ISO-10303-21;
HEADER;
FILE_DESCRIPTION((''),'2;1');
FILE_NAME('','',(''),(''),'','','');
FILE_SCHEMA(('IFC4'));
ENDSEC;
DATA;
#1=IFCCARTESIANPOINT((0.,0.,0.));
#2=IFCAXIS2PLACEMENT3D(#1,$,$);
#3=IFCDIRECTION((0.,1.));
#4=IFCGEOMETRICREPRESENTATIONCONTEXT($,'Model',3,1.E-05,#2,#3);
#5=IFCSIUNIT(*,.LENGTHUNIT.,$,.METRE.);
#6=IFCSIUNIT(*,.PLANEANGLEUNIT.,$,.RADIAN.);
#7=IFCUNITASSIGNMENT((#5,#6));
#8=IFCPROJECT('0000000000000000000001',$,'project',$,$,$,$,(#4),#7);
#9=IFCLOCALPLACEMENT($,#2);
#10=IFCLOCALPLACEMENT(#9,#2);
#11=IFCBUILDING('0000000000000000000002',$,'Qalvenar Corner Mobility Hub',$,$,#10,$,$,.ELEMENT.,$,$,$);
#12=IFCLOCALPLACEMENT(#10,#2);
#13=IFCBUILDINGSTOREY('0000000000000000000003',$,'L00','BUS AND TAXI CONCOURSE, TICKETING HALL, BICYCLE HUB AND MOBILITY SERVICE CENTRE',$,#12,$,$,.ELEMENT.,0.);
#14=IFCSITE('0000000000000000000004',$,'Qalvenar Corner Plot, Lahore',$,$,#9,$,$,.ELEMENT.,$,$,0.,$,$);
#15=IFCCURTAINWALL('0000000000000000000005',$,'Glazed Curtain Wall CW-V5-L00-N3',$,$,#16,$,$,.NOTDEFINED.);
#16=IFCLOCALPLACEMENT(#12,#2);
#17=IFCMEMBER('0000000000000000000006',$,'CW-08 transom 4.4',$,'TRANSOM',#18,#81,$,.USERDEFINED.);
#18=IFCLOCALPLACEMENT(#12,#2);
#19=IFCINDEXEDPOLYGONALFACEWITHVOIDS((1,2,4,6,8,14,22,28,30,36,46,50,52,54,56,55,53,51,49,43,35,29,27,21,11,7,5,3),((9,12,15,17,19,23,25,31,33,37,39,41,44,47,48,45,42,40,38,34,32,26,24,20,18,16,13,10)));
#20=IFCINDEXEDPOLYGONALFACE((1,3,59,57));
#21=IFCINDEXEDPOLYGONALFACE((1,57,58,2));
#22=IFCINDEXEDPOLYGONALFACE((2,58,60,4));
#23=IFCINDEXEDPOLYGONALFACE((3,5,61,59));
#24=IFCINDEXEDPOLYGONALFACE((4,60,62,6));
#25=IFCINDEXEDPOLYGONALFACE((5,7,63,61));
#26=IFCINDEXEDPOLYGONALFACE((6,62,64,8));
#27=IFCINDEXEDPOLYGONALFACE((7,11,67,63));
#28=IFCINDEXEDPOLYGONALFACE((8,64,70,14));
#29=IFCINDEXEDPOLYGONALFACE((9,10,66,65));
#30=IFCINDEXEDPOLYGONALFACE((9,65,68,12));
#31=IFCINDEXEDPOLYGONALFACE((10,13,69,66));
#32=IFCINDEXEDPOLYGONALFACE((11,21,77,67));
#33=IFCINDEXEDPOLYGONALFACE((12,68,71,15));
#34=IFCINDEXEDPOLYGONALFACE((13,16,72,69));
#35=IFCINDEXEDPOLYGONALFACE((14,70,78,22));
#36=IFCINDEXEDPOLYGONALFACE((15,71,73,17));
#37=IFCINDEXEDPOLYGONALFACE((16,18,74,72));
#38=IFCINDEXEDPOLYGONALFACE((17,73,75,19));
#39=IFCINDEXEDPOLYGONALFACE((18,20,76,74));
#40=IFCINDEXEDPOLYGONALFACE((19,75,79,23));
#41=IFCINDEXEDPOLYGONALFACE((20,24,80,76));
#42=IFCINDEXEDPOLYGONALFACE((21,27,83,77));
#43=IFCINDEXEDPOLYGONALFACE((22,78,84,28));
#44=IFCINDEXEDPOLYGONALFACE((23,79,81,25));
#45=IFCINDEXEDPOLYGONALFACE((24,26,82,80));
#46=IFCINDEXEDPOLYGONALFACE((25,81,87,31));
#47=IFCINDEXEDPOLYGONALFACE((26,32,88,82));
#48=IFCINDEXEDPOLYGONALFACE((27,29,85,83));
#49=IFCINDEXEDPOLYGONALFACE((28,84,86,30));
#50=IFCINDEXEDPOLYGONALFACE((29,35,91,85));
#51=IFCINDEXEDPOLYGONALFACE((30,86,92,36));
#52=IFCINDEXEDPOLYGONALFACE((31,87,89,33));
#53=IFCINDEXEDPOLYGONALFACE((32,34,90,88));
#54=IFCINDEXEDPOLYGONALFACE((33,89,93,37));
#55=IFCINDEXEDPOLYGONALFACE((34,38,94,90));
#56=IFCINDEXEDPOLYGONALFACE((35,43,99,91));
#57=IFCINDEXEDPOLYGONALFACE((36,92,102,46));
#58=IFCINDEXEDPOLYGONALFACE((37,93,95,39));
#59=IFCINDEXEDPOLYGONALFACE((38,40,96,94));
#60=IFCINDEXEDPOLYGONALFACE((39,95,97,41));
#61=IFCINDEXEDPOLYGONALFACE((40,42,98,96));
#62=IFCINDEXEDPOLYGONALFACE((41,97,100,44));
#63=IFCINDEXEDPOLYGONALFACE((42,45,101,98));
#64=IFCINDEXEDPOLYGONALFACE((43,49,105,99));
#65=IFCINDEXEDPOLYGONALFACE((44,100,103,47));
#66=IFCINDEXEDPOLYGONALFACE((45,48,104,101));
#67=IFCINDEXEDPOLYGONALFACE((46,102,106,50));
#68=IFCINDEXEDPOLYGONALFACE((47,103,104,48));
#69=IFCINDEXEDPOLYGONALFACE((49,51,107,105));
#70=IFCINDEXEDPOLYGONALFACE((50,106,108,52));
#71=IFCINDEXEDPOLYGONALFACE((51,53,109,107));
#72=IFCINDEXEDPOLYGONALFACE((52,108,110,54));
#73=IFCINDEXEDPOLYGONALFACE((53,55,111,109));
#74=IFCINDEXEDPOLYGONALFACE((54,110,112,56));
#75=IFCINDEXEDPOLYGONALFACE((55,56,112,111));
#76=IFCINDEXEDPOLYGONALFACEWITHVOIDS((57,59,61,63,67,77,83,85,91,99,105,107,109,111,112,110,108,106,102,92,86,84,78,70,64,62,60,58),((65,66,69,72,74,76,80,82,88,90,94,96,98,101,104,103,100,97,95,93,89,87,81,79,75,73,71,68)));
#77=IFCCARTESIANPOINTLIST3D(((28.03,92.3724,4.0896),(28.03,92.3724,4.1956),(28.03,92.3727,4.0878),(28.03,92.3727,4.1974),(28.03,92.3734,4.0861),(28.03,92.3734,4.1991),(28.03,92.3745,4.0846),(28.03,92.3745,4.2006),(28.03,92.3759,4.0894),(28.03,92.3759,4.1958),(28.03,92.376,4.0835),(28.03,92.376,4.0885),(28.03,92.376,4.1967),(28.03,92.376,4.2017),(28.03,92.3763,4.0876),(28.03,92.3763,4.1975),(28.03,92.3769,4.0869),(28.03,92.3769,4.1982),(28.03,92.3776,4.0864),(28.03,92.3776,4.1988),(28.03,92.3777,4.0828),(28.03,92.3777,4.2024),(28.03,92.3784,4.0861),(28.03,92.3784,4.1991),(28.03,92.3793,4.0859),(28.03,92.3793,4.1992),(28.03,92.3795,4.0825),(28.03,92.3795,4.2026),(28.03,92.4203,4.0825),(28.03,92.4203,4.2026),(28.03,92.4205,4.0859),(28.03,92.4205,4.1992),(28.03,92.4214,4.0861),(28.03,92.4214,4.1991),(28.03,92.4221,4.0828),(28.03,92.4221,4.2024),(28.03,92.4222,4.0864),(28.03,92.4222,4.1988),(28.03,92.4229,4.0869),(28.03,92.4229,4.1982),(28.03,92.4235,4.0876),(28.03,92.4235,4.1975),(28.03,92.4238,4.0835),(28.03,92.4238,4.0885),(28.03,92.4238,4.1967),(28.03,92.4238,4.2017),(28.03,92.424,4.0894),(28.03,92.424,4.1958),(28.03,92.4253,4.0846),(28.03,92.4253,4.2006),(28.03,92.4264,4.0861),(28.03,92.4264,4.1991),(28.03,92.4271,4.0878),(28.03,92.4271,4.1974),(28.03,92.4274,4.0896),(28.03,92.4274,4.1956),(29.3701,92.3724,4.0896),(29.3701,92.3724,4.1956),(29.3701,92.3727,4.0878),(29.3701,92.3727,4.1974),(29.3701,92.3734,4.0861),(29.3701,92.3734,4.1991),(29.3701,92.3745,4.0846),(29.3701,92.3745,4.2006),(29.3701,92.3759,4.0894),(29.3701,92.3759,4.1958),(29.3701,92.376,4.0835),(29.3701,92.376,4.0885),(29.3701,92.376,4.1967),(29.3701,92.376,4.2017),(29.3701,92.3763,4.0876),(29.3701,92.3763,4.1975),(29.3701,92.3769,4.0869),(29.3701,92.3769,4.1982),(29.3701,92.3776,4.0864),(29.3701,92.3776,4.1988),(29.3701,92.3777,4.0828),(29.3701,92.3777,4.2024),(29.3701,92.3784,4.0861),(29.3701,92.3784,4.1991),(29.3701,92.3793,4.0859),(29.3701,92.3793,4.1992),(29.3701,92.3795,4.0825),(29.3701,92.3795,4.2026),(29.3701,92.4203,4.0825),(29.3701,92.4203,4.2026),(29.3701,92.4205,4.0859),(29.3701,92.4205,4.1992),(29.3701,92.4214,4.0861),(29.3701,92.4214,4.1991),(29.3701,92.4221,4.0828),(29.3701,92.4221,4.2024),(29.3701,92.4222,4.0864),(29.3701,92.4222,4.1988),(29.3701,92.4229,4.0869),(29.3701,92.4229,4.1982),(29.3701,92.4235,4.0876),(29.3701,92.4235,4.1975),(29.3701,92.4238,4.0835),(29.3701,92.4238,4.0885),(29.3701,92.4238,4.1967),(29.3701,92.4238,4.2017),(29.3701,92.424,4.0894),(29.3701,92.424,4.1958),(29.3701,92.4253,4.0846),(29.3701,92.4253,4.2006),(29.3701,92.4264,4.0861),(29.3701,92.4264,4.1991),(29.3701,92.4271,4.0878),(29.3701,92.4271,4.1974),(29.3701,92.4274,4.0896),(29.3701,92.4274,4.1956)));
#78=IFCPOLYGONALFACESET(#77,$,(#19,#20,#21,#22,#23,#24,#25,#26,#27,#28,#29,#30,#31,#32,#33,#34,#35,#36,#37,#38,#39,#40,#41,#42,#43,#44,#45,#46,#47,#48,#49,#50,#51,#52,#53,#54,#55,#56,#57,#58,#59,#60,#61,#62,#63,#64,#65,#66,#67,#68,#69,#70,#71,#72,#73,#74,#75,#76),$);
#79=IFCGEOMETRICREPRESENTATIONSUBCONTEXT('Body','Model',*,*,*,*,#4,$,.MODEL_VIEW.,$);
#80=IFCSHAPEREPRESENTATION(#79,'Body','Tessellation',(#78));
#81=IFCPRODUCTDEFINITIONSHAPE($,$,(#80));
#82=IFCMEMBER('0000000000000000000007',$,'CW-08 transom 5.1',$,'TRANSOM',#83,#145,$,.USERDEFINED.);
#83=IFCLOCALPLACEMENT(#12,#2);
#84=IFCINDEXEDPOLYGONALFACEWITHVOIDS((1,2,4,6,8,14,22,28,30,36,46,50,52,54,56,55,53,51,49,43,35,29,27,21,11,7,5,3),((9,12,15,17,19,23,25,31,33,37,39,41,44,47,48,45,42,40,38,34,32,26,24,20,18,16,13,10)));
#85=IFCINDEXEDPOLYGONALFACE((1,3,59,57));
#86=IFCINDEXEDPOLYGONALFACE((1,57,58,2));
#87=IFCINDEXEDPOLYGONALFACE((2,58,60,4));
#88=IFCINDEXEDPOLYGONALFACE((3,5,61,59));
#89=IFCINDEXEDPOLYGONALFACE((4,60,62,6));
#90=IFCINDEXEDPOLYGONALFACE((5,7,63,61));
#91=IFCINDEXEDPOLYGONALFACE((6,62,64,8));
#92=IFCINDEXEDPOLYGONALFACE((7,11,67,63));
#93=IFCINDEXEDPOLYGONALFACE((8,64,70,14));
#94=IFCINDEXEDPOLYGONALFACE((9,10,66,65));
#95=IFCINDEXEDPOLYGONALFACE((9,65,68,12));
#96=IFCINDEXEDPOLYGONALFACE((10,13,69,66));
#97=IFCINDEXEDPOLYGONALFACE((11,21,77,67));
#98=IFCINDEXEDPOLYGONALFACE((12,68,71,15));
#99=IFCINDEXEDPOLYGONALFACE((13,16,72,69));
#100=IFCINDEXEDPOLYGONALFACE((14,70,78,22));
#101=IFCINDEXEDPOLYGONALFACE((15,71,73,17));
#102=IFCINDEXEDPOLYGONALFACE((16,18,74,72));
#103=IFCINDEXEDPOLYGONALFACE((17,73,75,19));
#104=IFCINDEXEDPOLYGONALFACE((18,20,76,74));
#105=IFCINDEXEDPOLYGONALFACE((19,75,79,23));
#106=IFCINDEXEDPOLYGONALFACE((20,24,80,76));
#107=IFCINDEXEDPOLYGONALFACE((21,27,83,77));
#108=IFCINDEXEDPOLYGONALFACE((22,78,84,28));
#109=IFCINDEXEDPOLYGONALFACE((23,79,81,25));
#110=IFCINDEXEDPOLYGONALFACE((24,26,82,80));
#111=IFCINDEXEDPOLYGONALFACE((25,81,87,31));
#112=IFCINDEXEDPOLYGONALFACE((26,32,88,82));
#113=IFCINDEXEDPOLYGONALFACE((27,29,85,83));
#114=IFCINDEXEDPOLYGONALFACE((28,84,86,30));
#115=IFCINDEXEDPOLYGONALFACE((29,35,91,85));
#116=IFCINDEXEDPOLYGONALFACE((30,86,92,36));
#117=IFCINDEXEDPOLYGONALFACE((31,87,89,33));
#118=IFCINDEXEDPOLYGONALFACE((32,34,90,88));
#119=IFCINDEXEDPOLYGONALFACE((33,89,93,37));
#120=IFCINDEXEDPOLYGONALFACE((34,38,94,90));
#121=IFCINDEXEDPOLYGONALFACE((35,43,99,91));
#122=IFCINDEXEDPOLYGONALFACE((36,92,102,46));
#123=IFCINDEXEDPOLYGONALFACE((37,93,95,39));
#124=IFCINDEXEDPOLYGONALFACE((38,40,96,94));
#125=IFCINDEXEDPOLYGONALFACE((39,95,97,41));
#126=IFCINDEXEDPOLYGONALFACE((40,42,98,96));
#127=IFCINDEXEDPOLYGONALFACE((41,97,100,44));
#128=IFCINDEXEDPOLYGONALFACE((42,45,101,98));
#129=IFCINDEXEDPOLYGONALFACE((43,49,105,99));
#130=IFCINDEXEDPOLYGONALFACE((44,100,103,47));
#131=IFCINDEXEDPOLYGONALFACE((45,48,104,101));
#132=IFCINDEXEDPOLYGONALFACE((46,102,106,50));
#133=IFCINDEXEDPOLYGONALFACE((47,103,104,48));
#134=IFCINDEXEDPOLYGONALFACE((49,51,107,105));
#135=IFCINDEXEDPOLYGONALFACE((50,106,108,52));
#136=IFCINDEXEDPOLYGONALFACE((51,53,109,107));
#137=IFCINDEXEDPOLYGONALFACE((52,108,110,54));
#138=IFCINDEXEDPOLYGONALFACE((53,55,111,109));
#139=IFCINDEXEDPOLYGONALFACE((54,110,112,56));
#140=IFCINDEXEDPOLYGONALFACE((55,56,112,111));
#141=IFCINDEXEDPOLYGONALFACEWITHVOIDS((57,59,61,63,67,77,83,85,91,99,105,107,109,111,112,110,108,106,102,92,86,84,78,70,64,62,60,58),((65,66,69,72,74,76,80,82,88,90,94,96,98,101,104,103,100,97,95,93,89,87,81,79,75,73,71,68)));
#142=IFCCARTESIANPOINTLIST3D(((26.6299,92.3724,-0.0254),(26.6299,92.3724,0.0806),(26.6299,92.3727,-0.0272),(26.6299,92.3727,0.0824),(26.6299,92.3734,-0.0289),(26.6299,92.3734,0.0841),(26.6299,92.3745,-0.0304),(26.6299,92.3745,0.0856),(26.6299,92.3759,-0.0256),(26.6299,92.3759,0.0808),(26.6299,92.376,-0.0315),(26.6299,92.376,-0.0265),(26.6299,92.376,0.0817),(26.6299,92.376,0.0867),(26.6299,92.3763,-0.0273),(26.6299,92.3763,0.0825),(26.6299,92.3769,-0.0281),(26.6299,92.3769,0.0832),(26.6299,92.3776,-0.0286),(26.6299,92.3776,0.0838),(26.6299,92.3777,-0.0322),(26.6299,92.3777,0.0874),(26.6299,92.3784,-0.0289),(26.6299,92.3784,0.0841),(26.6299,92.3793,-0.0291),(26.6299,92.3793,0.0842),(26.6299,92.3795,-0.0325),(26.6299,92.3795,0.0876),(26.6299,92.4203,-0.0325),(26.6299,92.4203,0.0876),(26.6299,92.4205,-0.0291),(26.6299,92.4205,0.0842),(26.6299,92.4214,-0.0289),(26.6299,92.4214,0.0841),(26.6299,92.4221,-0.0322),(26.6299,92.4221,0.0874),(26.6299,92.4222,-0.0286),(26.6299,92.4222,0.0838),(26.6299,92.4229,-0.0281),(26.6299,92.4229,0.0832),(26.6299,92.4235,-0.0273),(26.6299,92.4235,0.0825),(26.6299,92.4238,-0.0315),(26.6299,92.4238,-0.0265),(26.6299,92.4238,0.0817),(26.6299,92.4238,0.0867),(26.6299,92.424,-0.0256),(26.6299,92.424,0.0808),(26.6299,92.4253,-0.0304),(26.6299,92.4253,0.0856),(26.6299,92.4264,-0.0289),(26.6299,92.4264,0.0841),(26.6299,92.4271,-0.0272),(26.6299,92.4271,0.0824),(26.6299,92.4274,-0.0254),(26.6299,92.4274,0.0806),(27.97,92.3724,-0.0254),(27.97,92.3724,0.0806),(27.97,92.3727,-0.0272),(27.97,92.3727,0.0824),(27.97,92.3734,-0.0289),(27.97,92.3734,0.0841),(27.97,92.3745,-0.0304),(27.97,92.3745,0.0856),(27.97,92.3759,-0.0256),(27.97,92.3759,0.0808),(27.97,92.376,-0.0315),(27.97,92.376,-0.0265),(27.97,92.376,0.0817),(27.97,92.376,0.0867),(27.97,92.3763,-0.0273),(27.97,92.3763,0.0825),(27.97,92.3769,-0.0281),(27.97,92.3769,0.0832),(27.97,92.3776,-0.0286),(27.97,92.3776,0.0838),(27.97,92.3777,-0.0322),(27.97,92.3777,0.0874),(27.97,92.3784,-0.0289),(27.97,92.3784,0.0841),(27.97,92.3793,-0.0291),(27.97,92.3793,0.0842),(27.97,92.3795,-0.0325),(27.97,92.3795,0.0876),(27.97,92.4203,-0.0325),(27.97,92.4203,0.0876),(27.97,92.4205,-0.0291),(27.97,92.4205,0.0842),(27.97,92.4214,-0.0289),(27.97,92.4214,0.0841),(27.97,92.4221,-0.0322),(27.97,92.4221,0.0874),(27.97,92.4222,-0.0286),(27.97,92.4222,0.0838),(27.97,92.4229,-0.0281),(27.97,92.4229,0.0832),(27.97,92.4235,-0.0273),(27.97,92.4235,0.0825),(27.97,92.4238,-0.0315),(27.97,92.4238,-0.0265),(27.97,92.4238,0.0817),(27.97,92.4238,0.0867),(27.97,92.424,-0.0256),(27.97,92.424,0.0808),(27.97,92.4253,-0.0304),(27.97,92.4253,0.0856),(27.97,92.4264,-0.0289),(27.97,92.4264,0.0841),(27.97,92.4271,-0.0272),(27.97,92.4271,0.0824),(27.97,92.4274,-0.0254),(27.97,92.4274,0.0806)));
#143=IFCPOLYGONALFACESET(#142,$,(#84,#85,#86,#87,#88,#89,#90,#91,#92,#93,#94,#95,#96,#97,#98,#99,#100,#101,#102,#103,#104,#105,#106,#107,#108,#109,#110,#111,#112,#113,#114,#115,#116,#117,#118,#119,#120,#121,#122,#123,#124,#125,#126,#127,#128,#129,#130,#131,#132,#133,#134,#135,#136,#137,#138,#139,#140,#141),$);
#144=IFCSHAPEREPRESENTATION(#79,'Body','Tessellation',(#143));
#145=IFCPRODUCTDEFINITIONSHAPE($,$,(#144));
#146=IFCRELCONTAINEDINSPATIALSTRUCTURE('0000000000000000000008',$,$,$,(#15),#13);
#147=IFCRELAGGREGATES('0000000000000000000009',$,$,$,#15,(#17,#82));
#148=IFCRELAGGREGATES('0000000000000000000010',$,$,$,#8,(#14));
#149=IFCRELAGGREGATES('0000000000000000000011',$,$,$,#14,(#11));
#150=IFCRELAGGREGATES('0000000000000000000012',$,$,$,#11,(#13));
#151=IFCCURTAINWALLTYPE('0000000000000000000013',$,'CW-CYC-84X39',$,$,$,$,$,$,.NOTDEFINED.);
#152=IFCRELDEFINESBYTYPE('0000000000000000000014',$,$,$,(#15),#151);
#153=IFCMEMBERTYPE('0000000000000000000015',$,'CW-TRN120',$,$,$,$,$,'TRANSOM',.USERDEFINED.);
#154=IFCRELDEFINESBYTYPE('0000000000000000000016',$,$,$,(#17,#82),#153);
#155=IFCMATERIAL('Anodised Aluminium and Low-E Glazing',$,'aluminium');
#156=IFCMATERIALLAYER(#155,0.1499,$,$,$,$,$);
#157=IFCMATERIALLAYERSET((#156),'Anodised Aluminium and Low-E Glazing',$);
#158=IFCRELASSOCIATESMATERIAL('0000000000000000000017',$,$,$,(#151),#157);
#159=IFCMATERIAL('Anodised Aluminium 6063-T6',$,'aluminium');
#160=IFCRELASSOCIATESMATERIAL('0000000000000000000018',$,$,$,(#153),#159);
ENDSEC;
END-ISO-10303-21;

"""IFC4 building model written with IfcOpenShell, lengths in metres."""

from ifc_helpers import new_model, si_unit, direction, frame, origin, origin_2d, place, context, subcontext, project, spatial, hollow_rectangle, extrude, material, layer, layer_set, material_profile, profile_set, type_object, element, aggregate, save


model = new_model("IFC4")

# Units and contexts
model_context = context("Model", 3, precision=1e-05, world=origin(), true_north=direction((0.0, 1.0)))
body_context = subcontext(model_context, "Body", "Model", "MODEL_VIEW")
ifc_project = project(units=[si_unit("LENGTHUNIT", "METRE"), si_unit("PLANEANGLEUNIT", "RADIAN")], contexts=[model_context])

# Site, building, storey
site_placement = place(None, origin())
site = spatial("IfcSite", under=ifc_project, at=site_placement, Name="Qalvenar Corner Plot, Lahore", CompositionType="ELEMENT", RefElevation=0.0)
building_placement = place(site_placement, origin())
building = spatial("IfcBuilding", under=site, at=building_placement, Name="Qalvenar Corner Mobility Hub", CompositionType="ELEMENT")
storey_placement = place(building_placement, origin())
storey = spatial("IfcBuildingStorey", under=building, at=storey_placement, Name="L00", Description="BUS AND TAXI CONCOURSE, TICKETING HALL, BICYCLE HUB AND MOBILITY SERVICE CENTRE", CompositionType="ELEMENT", Elevation=0.0)

# Curtain wall, members
ifc_material_1 = material(Name="Anodised Aluminium and Low-E Glazing", Category="aluminium")
ifc_layer_1 = layer(ifc_material_1, 0.1499)
ifc_layer_set_1 = layer_set([ifc_layer_1], Name="Anodised Aluminium and Low-E Glazing")
curtain_wall_type = type_object("IfcCurtainWallType", Name="CW-CYC-84X39", PredefinedType="NOTDEFINED", material=ifc_layer_set_1)
curtain_wall_placement = place(storey_placement, origin())
curtain_wall = element("IfcCurtainWall", 1, at=curtain_wall_placement, inside=storey, type_object=curtain_wall_type, Name="Glazed Curtain Wall CW-V5-L00-N3", PredefinedType="NOTDEFINED")
ifc_material_2 = material(Name="Anodised Aluminium 6063-T6", Category="aluminium")
ifc_material_profile_1 = material_profile(ifc_material_2, hollow_rectangle(XDim=0.0549, YDim=0.1201, WallThickness=0.0034, InnerFilletRadius=0.0034, OuterFilletRadius=0.0071, at=origin_2d()), Name="RHS120x55x3.5")
ifc_profile_set_1 = profile_set([ifc_material_profile_1], Name="Anodised Aluminium 6063-T6")
member_type_1 = type_object("IfcMemberType", Name="CW-TRN120", ElementType="TRANSOM", PredefinedType="USERDEFINED", material=ifc_profile_set_1)
member_1_placement = place(storey_placement, frame((29.3701, 92.3999, 4.1426), z_axis=(-1.0, 0.0, 0.0), x_axis=(0.0, -1.0, 0.0)))
member_1 = element("IfcMember", 2, at=member_1_placement, type_object=member_type_1, Name="CW-08 transom 4.4", ObjectType="TRANSOM", PredefinedType="USERDEFINED", context=body_context, shape_type="SweptSolid", body=[
    extrude(hollow_rectangle(XDim=0.0549, YDim=0.1201, WallThickness=0.0034, InnerFilletRadius=0.0034, OuterFilletRadius=0.0071, at=origin_2d()), origin(), (0.0, 0.0, 1.0), 1.3401),
])
member_2_placement = place(storey_placement, frame((27.97, 92.3999, 0.0276), z_axis=(-1.0, 0.0, 0.0), x_axis=(0.0, -1.0, 0.0)))
member_2 = element("IfcMember", 3, at=member_2_placement, type_object=member_type_1, Name="CW-08 transom 5.1", ObjectType="TRANSOM", PredefinedType="USERDEFINED", context=body_context, shape_type="SweptSolid", body=[
    extrude(hollow_rectangle(XDim=0.0549, YDim=0.1201, WallThickness=0.0034, InnerFilletRadius=0.0034, OuterFilletRadius=0.0071, at=origin_2d()), origin(), (0.0, 0.0, 1.0), 1.3401),
])
aggregate(curtain_wall, [member_1, member_2])

save(model, "model.ifc")
